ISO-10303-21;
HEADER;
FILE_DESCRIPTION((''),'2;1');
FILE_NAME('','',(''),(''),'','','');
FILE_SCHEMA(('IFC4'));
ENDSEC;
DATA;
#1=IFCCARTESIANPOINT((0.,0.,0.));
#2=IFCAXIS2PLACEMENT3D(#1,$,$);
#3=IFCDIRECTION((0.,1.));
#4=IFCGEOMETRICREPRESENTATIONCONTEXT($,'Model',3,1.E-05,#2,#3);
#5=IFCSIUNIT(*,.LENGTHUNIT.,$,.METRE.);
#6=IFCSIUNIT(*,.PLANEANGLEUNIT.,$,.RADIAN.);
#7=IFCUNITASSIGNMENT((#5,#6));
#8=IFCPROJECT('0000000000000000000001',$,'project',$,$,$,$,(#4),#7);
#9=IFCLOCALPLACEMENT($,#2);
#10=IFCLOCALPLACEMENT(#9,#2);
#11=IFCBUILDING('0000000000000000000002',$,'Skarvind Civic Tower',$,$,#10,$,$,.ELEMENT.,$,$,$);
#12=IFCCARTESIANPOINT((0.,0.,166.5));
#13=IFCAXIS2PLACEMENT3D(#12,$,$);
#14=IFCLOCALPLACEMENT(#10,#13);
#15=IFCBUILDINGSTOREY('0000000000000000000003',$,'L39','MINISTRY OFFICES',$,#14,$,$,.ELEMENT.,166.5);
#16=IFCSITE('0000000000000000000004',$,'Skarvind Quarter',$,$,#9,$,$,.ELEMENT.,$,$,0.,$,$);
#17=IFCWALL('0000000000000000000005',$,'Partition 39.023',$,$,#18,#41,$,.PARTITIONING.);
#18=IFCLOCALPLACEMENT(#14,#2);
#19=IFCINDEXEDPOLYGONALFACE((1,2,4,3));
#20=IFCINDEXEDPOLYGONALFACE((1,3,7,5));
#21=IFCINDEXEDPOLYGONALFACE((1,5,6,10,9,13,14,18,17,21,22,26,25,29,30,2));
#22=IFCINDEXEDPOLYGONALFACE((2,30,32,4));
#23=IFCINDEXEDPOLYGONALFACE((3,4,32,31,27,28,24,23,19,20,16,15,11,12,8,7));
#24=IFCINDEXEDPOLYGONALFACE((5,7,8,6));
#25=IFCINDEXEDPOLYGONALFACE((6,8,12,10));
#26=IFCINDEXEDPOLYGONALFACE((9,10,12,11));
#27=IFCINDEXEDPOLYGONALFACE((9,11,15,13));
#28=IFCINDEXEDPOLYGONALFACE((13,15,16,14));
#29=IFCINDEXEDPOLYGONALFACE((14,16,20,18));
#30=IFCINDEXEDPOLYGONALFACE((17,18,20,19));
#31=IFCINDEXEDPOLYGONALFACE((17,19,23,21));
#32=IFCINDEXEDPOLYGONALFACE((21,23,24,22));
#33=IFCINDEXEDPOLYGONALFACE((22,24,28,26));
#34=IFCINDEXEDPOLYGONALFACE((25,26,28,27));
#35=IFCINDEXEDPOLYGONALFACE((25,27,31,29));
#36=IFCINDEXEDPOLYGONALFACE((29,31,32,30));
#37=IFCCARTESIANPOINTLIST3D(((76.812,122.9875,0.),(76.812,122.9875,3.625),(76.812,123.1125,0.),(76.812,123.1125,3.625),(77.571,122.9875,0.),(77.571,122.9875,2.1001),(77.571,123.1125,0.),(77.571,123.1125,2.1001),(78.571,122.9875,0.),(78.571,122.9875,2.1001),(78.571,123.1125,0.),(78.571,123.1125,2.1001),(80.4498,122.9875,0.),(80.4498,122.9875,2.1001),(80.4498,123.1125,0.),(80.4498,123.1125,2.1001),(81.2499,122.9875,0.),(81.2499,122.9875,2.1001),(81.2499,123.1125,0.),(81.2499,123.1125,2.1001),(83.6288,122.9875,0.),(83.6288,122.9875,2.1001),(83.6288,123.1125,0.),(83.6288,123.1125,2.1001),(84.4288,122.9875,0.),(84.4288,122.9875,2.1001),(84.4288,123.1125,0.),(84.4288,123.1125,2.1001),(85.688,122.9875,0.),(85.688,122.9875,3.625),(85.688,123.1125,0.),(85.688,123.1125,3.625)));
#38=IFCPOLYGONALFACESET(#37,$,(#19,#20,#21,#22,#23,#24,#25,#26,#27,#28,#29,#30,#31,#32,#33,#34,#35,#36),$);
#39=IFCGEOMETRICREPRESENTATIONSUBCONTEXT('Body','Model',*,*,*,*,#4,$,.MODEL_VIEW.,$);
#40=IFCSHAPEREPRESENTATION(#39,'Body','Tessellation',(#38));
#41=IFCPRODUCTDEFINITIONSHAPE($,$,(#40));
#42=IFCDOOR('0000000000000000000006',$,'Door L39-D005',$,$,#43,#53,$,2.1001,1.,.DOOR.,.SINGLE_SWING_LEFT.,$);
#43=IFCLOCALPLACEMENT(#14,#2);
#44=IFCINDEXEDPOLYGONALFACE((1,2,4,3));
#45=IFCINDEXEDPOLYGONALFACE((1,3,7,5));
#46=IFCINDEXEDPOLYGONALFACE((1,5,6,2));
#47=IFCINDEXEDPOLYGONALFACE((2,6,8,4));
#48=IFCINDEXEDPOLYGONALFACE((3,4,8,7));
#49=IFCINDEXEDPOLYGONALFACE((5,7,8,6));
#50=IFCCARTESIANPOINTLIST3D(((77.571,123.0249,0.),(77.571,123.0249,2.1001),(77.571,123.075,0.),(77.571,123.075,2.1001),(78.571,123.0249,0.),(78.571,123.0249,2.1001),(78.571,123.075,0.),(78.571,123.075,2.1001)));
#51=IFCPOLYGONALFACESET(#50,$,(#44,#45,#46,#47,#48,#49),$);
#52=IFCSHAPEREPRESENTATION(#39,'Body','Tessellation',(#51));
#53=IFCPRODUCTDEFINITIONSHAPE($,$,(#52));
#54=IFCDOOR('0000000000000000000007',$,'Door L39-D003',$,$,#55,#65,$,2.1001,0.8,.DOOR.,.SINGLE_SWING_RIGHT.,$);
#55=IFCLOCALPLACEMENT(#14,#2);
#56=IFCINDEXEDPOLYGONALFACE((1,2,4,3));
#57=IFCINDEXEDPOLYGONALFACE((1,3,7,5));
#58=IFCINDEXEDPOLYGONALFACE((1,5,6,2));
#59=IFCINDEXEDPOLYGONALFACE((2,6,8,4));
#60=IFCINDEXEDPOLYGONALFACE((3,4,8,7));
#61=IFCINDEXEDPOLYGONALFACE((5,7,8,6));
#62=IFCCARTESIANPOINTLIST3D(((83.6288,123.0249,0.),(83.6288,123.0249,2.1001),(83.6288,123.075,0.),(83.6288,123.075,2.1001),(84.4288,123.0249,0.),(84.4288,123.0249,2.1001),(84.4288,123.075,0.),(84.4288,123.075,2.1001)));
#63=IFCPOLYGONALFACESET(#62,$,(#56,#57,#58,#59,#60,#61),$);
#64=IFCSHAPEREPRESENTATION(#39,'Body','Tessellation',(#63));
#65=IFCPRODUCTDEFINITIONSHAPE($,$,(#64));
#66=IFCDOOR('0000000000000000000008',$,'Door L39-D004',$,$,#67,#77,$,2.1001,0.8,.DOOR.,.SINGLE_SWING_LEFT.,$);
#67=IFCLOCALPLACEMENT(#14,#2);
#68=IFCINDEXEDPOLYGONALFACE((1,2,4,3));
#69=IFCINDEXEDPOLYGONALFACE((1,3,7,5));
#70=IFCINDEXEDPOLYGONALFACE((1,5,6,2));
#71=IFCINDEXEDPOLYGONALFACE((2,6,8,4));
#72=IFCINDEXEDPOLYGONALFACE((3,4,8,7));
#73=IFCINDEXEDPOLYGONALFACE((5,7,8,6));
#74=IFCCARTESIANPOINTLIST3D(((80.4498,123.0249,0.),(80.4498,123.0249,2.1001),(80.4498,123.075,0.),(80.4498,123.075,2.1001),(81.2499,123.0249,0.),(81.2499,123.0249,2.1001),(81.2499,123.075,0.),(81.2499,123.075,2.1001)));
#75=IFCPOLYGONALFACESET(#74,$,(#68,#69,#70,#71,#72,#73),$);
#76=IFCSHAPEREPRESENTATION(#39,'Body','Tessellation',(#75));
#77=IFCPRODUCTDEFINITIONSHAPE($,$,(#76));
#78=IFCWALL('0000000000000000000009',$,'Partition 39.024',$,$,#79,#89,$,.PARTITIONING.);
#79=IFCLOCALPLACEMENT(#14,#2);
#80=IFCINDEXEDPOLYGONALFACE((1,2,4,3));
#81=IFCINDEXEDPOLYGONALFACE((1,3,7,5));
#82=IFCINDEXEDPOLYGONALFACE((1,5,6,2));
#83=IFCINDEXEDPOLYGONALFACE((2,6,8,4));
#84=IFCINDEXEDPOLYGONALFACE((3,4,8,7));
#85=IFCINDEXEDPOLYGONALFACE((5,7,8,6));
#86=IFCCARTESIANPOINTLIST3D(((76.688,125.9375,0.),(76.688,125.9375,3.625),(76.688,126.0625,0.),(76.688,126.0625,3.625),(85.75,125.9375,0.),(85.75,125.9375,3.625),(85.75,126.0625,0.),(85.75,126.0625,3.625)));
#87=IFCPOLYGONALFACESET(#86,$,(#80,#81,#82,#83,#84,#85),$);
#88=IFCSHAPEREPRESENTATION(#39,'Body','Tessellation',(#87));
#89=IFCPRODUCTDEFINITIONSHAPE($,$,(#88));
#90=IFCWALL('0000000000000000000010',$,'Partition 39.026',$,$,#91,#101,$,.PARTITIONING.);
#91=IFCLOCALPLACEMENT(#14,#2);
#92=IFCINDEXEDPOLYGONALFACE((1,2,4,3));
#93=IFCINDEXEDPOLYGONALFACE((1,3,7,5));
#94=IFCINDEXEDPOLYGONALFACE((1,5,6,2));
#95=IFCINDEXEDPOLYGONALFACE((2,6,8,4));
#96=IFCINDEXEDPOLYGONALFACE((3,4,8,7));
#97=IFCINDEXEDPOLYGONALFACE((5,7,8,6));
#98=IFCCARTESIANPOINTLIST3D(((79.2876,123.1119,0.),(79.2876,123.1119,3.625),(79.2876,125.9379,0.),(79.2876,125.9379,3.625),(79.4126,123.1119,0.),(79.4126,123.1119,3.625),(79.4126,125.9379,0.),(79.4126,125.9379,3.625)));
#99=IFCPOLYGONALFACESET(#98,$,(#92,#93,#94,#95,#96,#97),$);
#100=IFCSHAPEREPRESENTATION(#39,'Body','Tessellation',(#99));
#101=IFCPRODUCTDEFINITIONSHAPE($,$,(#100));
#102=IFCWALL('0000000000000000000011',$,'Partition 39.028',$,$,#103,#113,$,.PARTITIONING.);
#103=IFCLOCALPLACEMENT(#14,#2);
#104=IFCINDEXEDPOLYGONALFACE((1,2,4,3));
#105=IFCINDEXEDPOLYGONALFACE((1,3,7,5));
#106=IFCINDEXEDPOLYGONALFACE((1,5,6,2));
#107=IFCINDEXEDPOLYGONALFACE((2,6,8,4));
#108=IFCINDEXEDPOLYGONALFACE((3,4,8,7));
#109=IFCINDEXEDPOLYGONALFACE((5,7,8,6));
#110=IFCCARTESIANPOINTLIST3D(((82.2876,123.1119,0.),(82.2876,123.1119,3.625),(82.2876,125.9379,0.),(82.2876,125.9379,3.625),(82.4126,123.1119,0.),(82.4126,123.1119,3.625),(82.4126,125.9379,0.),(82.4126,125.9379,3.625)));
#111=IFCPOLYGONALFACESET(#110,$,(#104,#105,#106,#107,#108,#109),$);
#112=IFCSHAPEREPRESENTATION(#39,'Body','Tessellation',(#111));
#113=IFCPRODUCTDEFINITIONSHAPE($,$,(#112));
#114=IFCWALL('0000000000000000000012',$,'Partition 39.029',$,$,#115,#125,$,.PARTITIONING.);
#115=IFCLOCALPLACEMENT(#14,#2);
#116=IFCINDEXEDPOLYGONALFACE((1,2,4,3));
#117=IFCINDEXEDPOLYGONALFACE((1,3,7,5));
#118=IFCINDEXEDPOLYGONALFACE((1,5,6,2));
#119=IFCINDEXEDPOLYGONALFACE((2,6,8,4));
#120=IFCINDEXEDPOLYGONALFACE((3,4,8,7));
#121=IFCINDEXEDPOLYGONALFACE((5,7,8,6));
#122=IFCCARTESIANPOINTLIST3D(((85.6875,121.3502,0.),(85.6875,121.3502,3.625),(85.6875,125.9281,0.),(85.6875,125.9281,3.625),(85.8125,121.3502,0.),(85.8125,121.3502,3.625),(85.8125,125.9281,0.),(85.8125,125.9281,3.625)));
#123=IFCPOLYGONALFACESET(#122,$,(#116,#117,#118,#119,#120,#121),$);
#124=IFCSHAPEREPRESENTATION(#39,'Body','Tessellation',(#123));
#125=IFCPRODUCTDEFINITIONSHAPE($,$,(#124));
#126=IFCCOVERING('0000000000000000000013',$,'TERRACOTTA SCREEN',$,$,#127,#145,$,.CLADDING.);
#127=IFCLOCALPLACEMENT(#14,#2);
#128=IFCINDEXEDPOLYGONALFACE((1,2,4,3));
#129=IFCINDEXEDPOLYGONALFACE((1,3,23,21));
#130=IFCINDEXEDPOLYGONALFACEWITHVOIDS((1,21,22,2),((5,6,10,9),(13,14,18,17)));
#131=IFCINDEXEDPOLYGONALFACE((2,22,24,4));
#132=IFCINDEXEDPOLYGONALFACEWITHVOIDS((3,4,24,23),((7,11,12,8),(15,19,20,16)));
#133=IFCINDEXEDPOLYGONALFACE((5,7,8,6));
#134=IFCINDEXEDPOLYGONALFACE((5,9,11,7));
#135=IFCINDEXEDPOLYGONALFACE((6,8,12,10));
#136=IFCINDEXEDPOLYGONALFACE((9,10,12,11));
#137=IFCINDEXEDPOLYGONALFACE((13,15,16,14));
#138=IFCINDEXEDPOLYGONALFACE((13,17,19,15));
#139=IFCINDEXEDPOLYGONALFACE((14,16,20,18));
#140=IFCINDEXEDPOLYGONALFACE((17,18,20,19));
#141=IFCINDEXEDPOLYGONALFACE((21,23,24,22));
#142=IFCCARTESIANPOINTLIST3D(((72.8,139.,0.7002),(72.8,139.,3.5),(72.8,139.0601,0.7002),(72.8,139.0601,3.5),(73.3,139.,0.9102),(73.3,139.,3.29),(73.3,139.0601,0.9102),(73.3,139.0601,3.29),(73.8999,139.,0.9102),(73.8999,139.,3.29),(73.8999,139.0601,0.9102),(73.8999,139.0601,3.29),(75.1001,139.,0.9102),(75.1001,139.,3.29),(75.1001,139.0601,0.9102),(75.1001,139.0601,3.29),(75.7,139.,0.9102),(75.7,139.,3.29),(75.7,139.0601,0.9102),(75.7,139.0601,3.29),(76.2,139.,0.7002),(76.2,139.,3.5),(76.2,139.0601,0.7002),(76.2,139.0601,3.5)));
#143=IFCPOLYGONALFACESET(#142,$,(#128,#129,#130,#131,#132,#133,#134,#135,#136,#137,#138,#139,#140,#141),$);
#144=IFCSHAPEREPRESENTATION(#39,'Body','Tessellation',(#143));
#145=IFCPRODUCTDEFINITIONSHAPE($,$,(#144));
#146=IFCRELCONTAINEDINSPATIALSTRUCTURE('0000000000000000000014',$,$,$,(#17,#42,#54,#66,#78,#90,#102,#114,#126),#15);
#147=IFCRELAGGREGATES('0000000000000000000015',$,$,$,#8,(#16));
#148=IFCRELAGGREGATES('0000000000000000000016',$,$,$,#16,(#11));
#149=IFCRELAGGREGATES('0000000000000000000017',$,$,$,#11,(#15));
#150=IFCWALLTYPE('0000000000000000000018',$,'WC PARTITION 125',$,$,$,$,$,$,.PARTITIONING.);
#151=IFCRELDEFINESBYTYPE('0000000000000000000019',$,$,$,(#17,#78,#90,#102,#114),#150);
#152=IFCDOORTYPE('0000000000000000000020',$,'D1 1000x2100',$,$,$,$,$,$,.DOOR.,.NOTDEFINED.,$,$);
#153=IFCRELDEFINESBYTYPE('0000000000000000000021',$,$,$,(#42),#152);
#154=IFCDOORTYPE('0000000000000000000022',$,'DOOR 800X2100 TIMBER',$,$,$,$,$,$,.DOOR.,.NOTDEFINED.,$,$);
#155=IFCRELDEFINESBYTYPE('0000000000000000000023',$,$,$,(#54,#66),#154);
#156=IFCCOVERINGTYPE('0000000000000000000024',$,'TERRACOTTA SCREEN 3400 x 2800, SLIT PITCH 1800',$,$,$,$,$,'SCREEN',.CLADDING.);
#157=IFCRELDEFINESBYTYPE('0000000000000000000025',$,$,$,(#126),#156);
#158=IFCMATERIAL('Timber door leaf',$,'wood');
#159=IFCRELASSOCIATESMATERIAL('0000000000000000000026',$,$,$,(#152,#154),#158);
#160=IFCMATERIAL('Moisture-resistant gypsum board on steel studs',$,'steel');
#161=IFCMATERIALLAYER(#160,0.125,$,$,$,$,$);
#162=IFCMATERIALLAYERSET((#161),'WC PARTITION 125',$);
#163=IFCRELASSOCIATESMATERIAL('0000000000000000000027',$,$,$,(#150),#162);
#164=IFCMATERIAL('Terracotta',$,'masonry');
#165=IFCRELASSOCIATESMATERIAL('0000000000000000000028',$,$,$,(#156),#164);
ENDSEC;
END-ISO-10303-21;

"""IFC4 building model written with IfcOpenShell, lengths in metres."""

from ifc_helpers import new_model, si_unit, direction, frame, frame_2d, origin, place, context, subcontext, project, spatial, polyline, rectangle, outline, extrude, material, layer, layer_set, material_profile, profile_set, type_object, element, fill, save


model = new_model("IFC4")

# Units and contexts
model_context = context("Model", 3, precision=1e-05, world=origin(), true_north=direction((0.0, 1.0)))
body_context = subcontext(model_context, "Body", "Model", "MODEL_VIEW")
ifc_project = project(units=[si_unit("LENGTHUNIT", "METRE"), si_unit("PLANEANGLEUNIT", "RADIAN")], contexts=[model_context])

# Site, building, storey
site_placement = place(None, origin())
site = spatial("IfcSite", under=ifc_project, at=site_placement, Name="Skarvind Quarter", CompositionType="ELEMENT", RefElevation=0.0)
building_placement = place(site_placement, origin())
building = spatial("IfcBuilding", under=site, at=building_placement, Name="Skarvind Civic Tower", CompositionType="ELEMENT")
storey_placement = place(building_placement, frame((0.0, 0.0, 166.5)))
storey = spatial("IfcBuildingStorey", under=building, at=storey_placement, Name="L39", Description="MINISTRY OFFICES", CompositionType="ELEMENT", Elevation=166.5)

# Shared definitions
ifc_material_1 = material(Name="Timber door leaf", Category="wood")
door_type_1 = type_object("IfcDoorType", Name="D1 1000x2100", OperationType="NOTDEFINED", PredefinedType="DOOR", material=ifc_material_1)

# Shared definitions
ifc_material_2 = material(Name="Moisture-resistant gypsum board on steel studs", Category="steel")
ifc_layer_1 = layer(ifc_material_2, 0.125)
ifc_layer_set_1 = layer_set([ifc_layer_1], Name="WC PARTITION 125")
wall_type_1 = type_object("IfcWallType", Name="WC PARTITION 125", PredefinedType="PARTITIONING", material=ifc_layer_set_1)

# Wall, openings, doors
wall_1_placement = place(storey_placement, frame((76.812, 123.05, 0.0), z_axis=(0.0, 0.0, 1.0), x_axis=(1.0, 0.0, 0.0)))
wall_1 = element("IfcWall", 1, at=wall_1_placement, inside=storey, type_object=wall_type_1, Name="Partition 39.023", PredefinedType="PARTITIONING", context=body_context, shape_type="SweptSolid", body=[
    extrude(rectangle(XDim=8.876, YDim=0.125, at=frame_2d((4.438, 0.0))), origin(), (0.0, 0.0, 1.0), 3.625),
])
opening_1_placement = place(wall_1_placement, frame((6.8169, 0.0, 0.0)))
opening_1 = element("IfcOpeningElement", 2, at=opening_1_placement, cuts=wall_1, PredefinedType="OPENING", context=body_context, shape_type="SweptSolid", body=[
    extrude(rectangle(XDim=0.8, YDim=2.1001, at=frame_2d((0.3999, 1.05))), frame((0.0, 0.0725, 0.0), z_axis=(0.0, -1.0, 0.0), x_axis=(1.0, 0.0, 0.0)), (0.0, 0.0, 1.0), 0.145),
])
opening_2_placement = place(wall_1_placement, frame((3.6379, 0.0, 0.0)))
opening_2 = element("IfcOpeningElement", 3, at=opening_2_placement, cuts=wall_1, PredefinedType="OPENING", context=body_context, shape_type="SweptSolid", body=[
    extrude(rectangle(XDim=0.8, YDim=2.1001, at=frame_2d((0.3999, 1.05))), frame((0.0, 0.0725, 0.0), z_axis=(0.0, -1.0, 0.0), x_axis=(1.0, 0.0, 0.0)), (0.0, 0.0, 1.0), 0.145),
])
opening_3_placement = place(wall_1_placement, frame((0.759, 0.0, 0.0)))
opening_3 = element("IfcOpeningElement", 4, at=opening_3_placement, cuts=wall_1, PredefinedType="OPENING", context=body_context, shape_type="SweptSolid", body=[
    extrude(rectangle(XDim=1.0, YDim=2.1001, at=frame_2d((0.5, 1.05))), frame((0.0, 0.0725, 0.0), z_axis=(0.0, -1.0, 0.0), x_axis=(1.0, 0.0, 0.0)), (0.0, 0.0, 1.0), 0.145),
])
door_1_placement = place(opening_3_placement, origin())
door_1 = element("IfcDoor", 5, at=door_1_placement, inside=storey, type_object=door_type_1, Name="Door L39-D005", OperationType="SINGLE_SWING_LEFT", OverallHeight=2.1001, OverallWidth=1.0, PredefinedType="DOOR", context=body_context, shape_type="SweptSolid", body=[
    extrude(rectangle(XDim=1.0, YDim=2.1001, at=frame_2d((0.5, 1.05))), frame((0.0, 0.0249, 0.0), z_axis=(0.0, -1.0, 0.0), x_axis=(1.0, 0.0, 0.0)), (0.0, 0.0, 1.0), 0.05),
])
fill(opening_3, door_1)
door_type_2 = type_object("IfcDoorType", Name="DOOR 800X2100 TIMBER", OperationType="NOTDEFINED", PredefinedType="DOOR", material=ifc_material_1)
door_2_placement = place(opening_1_placement, origin())
door_2 = element("IfcDoor", 6, at=door_2_placement, inside=storey, type_object=door_type_2, Name="Door L39-D003", OperationType="SINGLE_SWING_RIGHT", OverallHeight=2.1001, OverallWidth=0.8, PredefinedType="DOOR", context=body_context, shape_type="SweptSolid", body=[
    extrude(rectangle(XDim=0.8, YDim=2.1001, at=frame_2d((0.3999, 1.05))), frame((0.0, 0.0249, 0.0), z_axis=(0.0, -1.0, 0.0), x_axis=(1.0, 0.0, 0.0)), (0.0, 0.0, 1.0), 0.05),
])
fill(opening_1, door_2)
door_3_placement = place(opening_2_placement, origin())
door_3 = element("IfcDoor", 7, at=door_3_placement, inside=storey, type_object=door_type_2, Name="Door L39-D004", OperationType="SINGLE_SWING_LEFT", OverallHeight=2.1001, OverallWidth=0.8, PredefinedType="DOOR", context=body_context, shape_type="SweptSolid", body=[
    extrude(rectangle(XDim=0.8, YDim=2.1001, at=frame_2d((0.3999, 1.05))), frame((0.0, 0.0249, 0.0), z_axis=(0.0, -1.0, 0.0), x_axis=(1.0, 0.0, 0.0)), (0.0, 0.0, 1.0), 0.05),
])
fill(opening_2, door_3)

# Walls
wall_2_placement = place(storey_placement, frame((76.688, 126.0, 0.0), z_axis=(0.0, 0.0, 1.0), x_axis=(1.0, 0.0, 0.0)))
element("IfcWall", 8, at=wall_2_placement, inside=storey, type_object=wall_type_1, Name="Partition 39.024", PredefinedType="PARTITIONING", context=body_context, shape_type="SweptSolid", body=[
    extrude(rectangle(XDim=9.062, YDim=0.125, at=frame_2d((4.531, 0.0))), origin(), (0.0, 0.0, 1.0), 3.625),
])
for number, where, z_axis, x_axis, name in (
    (9, (79.3501, 125.938, 0.0), (0.0, 0.0, 1.0), (0.0, -1.0, 0.0), "Partition 39.026"),
    (10, (82.3501, 125.938, 0.0), (0.0, 0.0, 1.0), (0.0, -1.0, 0.0), "Partition 39.028"),
):
    element("IfcWall", number, at=place(storey_placement, frame(where, z_axis=z_axis, x_axis=x_axis)), inside=storey, type_object=wall_type_1, Name=name, PredefinedType="PARTITIONING", context=body_context, shape_type="SweptSolid", body=[
        extrude(rectangle(XDim=2.8259, YDim=0.125, at=frame_2d((1.4131, 0.0))), origin(), (0.0, 0.0, 1.0), 3.625),
    ])
wall_3_placement = place(storey_placement, frame((85.75, 121.3501, 0.0), z_axis=(0.0, 0.0, 1.0), x_axis=(0.0, 1.0, 0.0)))
element("IfcWall", 11, at=wall_3_placement, inside=storey, type_object=wall_type_1, Name="Partition 39.029", PredefinedType="PARTITIONING", context=body_context, shape_type="SweptSolid", body=[
    extrude(rectangle(XDim=4.5779, YDim=0.125, at=frame_2d((2.2891, 0.0))), origin(), (0.0, 0.0, 1.0), 3.625),
])

# Covering
ifc_material_3 = material(Name="Terracotta", Category="masonry")
ifc_material_profile_1 = material_profile(ifc_material_3, outline(polyline([(-1.7, -1.3999), (1.7, -1.3999), (1.7, 1.3999), (-1.7, 1.3999), (-1.7, -1.3999)]), holes=[polyline([(-1.2, -1.1899), (-0.6001, -1.1899), (-0.6001, 1.1899), (-1.2, 1.1899), (-1.2, -1.1899)]), polyline([(0.6001, -1.1899), (1.2, -1.1899), (1.2, 1.1899), (0.6001, 1.1899), (0.6001, -1.1899)])]), Name="TERRACOTTA SCREEN 3400 x 2800, SLIT PITCH 1800")
ifc_profile_set_1 = profile_set([ifc_material_profile_1], Name="Terracotta")
covering_type = type_object("IfcCoveringType", Name="TERRACOTTA SCREEN 3400 x 2800, SLIT PITCH 1800", ElementType="SCREEN", PredefinedType="CLADDING", material=ifc_profile_set_1)
covering_placement = place(storey_placement, frame((74.5, 139.0, 2.1001), z_axis=(0.0, 1.0, 0.0), x_axis=(-1.0, 0.0, 0.0)))
element("IfcCovering", 12, at=covering_placement, inside=storey, type_object=covering_type, Name="TERRACOTTA SCREEN", PredefinedType="CLADDING", context=body_context, shape_type="SweptSolid", body=[
    extrude(outline(polyline([(-1.7, -1.3999), (1.7, -1.3999), (1.7, 1.3999), (-1.7, 1.3999), (-1.7, -1.3999)]), holes=[polyline([(-1.2, -1.1899), (-0.6001, -1.1899), (-0.6001, 1.1899), (-1.2, 1.1899), (-1.2, -1.1899)]), polyline([(0.6001, -1.1899), (1.2, -1.1899), (1.2, 1.1899), (0.6001, 1.1899), (0.6001, -1.1899)])]), origin(), (0.0, 0.0, 1.0), 0.0601),
])

save(model, "model.ifc")
